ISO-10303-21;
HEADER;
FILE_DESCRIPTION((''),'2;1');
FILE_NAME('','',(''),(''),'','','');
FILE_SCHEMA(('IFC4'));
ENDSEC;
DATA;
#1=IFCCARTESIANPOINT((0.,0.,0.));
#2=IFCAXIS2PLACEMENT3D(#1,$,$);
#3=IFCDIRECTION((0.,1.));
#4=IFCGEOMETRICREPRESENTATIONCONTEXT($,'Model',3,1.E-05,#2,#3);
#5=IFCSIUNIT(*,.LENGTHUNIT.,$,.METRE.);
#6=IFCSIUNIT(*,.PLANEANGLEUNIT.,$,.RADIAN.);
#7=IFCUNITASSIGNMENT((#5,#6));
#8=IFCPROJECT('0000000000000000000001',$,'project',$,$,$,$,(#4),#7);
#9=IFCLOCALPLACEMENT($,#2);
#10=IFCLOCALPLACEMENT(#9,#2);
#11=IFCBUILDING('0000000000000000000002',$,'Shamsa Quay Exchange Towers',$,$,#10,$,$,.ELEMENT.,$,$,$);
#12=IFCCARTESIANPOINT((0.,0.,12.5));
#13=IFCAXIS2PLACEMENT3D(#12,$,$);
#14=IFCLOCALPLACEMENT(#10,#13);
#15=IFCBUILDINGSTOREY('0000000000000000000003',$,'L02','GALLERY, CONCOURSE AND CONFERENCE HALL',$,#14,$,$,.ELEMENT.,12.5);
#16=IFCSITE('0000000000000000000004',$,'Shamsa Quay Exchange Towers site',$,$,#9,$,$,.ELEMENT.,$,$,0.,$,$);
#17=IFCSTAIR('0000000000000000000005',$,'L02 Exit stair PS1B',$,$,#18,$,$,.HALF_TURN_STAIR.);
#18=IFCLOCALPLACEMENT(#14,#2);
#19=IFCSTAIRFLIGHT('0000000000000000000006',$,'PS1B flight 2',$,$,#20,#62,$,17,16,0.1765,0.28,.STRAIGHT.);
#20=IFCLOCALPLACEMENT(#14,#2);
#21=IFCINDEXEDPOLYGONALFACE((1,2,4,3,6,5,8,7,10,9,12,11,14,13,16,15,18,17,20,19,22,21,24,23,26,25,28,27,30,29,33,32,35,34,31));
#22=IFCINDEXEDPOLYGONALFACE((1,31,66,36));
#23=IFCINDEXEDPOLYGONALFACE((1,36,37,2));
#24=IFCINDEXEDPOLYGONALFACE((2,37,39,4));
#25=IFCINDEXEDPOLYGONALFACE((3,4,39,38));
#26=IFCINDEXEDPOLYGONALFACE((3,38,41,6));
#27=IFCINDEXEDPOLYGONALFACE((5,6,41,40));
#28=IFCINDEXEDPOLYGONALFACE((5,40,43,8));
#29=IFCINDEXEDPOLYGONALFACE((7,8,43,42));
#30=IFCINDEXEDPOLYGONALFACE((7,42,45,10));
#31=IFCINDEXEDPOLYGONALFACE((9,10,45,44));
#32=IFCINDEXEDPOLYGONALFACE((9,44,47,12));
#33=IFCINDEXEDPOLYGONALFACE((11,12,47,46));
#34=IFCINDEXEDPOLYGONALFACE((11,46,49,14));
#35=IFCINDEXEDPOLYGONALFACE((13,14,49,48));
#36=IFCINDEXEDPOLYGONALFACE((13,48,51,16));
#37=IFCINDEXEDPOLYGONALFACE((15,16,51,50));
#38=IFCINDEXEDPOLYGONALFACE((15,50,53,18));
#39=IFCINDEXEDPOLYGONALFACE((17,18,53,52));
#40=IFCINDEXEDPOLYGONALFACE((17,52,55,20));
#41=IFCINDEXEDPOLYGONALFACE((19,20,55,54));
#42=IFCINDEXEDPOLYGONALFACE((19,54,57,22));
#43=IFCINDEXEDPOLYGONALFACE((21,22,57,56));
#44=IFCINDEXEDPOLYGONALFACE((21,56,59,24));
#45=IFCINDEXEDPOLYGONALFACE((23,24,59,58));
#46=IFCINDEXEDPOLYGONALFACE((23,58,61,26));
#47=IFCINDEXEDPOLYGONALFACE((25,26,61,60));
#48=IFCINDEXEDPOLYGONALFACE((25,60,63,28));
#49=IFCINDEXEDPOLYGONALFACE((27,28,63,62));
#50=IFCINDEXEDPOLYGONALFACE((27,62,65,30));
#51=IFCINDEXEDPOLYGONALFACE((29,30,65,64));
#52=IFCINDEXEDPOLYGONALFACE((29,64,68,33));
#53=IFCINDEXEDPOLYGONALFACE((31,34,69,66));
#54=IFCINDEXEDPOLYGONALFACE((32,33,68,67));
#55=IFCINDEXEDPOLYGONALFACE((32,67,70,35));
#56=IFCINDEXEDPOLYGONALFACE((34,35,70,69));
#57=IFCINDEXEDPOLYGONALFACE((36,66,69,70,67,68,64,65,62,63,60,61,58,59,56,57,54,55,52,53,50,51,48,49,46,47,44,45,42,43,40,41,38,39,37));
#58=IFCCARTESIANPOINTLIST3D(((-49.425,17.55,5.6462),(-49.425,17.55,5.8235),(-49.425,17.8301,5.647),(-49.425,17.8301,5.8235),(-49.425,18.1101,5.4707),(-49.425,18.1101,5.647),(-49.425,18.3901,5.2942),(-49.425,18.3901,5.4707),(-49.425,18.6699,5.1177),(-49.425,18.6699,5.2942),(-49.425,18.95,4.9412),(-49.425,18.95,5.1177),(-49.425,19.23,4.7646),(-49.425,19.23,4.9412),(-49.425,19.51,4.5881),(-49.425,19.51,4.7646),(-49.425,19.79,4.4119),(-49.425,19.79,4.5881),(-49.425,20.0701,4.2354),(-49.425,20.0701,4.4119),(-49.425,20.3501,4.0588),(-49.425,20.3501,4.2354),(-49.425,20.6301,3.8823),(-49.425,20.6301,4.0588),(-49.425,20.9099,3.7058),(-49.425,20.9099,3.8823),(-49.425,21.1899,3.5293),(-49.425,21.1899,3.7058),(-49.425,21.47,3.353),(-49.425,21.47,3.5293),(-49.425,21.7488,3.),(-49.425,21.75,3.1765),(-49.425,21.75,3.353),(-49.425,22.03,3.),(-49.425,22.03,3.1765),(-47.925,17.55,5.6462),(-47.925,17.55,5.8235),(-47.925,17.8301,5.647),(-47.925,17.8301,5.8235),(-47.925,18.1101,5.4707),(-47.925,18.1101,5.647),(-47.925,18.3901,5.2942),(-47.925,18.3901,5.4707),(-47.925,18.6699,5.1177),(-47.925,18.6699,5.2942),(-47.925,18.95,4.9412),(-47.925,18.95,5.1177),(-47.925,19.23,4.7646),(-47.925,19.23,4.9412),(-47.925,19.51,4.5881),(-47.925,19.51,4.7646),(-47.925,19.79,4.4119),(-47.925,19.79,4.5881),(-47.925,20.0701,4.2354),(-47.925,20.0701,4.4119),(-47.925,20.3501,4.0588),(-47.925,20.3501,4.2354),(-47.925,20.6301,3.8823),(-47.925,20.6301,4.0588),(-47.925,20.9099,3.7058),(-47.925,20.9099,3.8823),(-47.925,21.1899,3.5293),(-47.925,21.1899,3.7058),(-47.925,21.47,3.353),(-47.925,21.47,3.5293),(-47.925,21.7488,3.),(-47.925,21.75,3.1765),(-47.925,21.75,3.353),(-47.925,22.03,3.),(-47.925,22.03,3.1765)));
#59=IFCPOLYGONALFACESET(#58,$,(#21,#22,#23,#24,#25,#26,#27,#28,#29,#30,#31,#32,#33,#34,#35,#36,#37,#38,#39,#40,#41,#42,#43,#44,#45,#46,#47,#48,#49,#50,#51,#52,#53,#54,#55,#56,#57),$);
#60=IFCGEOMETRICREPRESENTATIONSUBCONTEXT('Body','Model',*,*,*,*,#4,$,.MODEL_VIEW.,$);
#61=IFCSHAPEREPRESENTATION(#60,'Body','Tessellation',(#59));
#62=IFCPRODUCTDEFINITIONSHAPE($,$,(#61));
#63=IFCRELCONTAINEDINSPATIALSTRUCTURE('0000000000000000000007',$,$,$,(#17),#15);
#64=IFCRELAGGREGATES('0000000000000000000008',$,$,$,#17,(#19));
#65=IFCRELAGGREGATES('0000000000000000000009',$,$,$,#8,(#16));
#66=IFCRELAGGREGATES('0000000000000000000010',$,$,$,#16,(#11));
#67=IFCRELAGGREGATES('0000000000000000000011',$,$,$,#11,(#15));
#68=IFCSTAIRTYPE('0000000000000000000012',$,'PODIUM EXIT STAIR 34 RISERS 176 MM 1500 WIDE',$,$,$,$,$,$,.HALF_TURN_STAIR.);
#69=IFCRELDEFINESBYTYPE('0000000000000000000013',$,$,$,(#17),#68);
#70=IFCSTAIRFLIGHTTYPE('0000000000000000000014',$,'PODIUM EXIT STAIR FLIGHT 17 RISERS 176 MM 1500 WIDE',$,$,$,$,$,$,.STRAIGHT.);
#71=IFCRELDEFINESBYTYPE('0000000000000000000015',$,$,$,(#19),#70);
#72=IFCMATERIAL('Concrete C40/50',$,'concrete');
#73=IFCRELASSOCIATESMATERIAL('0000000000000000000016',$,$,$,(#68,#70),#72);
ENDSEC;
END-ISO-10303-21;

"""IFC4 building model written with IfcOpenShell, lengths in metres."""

from ifc_helpers import new_model, si_unit, direction, frame, origin, place, context, subcontext, project, spatial, polyline, outline, extrude, material, type_object, element, aggregate, save


model = new_model("IFC4")

# Units and contexts
model_context = context("Model", 3, precision=1e-05, world=origin(), true_north=direction((0.0, 1.0)))
body_context = subcontext(model_context, "Body", "Model", "MODEL_VIEW")
ifc_project = project(units=[si_unit("LENGTHUNIT", "METRE"), si_unit("PLANEANGLEUNIT", "RADIAN")], contexts=[model_context])

# Site, building, storey
site_placement = place(None, origin())
site = spatial("IfcSite", under=ifc_project, at=site_placement, Name="Shamsa Quay Exchange Towers site", CompositionType="ELEMENT", RefElevation=0.0)
building_placement = place(site_placement, origin())
building = spatial("IfcBuilding", under=site, at=building_placement, Name="Shamsa Quay Exchange Towers", CompositionType="ELEMENT")
storey_placement = place(building_placement, frame((0.0, 0.0, 12.5)))
storey = spatial("IfcBuildingStorey", under=building, at=storey_placement, Name="L02", Description="GALLERY, CONCOURSE AND CONFERENCE HALL", CompositionType="ELEMENT", Elevation=12.5)

# Stair, stair flight
ifc_material_1 = material(Name="Concrete C40/50", Category="concrete")
stair_type = type_object("IfcStairType", Name="PODIUM EXIT STAIR 34 RISERS 176 MM 1500 WIDE", PredefinedType="HALF_TURN_STAIR", material=ifc_material_1)
stair_flight_type = type_object("IfcStairFlightType", Name="PODIUM EXIT STAIR FLIGHT 17 RISERS 176 MM 1500 WIDE", PredefinedType="STRAIGHT", material=ifc_material_1)
stair_1_placement = place(storey_placement, origin())
stair_1 = element("IfcStair", 1, at=stair_1_placement, inside=storey, type_object=stair_type, Name="L02 Exit stair PS1B", PredefinedType="HALF_TURN_STAIR")
stair_flight_1_placement = place(storey_placement, frame((-48.675, 22.03, 3.0), z_axis=(0.0, 0.0, 1.0), x_axis=(0.0, -1.0, 0.0)))
stair_flight_1 = element("IfcStairFlight", 2, at=stair_flight_1_placement, type_object=stair_flight_type, Name="PS1B flight 2", NumberOfRisers=17, NumberOfTreads=16, PredefinedType="STRAIGHT", RiserHeight=0.1765, TreadLength=0.28, context=body_context, shape_type="SweptSolid", body=[
    extrude(outline(polyline([(0.0, 0.0), (0.0, 0.1765), (0.28, 0.1765), (0.28, 0.353), (0.5601, 0.353), (0.5601, 0.5293), (0.8401, 0.5293), (0.8401, 0.7058), (1.1201, 0.7058), (1.1201, 0.8823), (1.3999, 0.8823), (1.3999, 1.0588), (1.6799, 1.0588), (1.6799, 1.2354), (1.96, 1.2354), (1.96, 1.4119), (2.24, 1.4119), (2.24, 1.5881), (2.52, 1.5881), (2.52, 1.7646), (2.8, 1.7646), (2.8, 1.9412), (3.0801, 1.9412), (3.0801, 2.1177), (3.3601, 2.1177), (3.3601, 2.2942), (3.6399, 2.2942), (3.6399, 2.4707), (3.9199, 2.4707), (3.9199, 2.647), (4.2, 2.647), (4.2, 2.8235), (4.48, 2.8235), (4.48, 3.0), (4.48, 2.6462), (0.2812, 0.0), (0.0, 0.0)])), frame((0.0, 0.75, 0.0), z_axis=(0.0, -1.0, 0.0), x_axis=(1.0, 0.0, 0.0)), (0.0, 0.0, 1.0), 1.5),
])
aggregate(stair_1, [stair_flight_1])

save(model, "model.ifc")
